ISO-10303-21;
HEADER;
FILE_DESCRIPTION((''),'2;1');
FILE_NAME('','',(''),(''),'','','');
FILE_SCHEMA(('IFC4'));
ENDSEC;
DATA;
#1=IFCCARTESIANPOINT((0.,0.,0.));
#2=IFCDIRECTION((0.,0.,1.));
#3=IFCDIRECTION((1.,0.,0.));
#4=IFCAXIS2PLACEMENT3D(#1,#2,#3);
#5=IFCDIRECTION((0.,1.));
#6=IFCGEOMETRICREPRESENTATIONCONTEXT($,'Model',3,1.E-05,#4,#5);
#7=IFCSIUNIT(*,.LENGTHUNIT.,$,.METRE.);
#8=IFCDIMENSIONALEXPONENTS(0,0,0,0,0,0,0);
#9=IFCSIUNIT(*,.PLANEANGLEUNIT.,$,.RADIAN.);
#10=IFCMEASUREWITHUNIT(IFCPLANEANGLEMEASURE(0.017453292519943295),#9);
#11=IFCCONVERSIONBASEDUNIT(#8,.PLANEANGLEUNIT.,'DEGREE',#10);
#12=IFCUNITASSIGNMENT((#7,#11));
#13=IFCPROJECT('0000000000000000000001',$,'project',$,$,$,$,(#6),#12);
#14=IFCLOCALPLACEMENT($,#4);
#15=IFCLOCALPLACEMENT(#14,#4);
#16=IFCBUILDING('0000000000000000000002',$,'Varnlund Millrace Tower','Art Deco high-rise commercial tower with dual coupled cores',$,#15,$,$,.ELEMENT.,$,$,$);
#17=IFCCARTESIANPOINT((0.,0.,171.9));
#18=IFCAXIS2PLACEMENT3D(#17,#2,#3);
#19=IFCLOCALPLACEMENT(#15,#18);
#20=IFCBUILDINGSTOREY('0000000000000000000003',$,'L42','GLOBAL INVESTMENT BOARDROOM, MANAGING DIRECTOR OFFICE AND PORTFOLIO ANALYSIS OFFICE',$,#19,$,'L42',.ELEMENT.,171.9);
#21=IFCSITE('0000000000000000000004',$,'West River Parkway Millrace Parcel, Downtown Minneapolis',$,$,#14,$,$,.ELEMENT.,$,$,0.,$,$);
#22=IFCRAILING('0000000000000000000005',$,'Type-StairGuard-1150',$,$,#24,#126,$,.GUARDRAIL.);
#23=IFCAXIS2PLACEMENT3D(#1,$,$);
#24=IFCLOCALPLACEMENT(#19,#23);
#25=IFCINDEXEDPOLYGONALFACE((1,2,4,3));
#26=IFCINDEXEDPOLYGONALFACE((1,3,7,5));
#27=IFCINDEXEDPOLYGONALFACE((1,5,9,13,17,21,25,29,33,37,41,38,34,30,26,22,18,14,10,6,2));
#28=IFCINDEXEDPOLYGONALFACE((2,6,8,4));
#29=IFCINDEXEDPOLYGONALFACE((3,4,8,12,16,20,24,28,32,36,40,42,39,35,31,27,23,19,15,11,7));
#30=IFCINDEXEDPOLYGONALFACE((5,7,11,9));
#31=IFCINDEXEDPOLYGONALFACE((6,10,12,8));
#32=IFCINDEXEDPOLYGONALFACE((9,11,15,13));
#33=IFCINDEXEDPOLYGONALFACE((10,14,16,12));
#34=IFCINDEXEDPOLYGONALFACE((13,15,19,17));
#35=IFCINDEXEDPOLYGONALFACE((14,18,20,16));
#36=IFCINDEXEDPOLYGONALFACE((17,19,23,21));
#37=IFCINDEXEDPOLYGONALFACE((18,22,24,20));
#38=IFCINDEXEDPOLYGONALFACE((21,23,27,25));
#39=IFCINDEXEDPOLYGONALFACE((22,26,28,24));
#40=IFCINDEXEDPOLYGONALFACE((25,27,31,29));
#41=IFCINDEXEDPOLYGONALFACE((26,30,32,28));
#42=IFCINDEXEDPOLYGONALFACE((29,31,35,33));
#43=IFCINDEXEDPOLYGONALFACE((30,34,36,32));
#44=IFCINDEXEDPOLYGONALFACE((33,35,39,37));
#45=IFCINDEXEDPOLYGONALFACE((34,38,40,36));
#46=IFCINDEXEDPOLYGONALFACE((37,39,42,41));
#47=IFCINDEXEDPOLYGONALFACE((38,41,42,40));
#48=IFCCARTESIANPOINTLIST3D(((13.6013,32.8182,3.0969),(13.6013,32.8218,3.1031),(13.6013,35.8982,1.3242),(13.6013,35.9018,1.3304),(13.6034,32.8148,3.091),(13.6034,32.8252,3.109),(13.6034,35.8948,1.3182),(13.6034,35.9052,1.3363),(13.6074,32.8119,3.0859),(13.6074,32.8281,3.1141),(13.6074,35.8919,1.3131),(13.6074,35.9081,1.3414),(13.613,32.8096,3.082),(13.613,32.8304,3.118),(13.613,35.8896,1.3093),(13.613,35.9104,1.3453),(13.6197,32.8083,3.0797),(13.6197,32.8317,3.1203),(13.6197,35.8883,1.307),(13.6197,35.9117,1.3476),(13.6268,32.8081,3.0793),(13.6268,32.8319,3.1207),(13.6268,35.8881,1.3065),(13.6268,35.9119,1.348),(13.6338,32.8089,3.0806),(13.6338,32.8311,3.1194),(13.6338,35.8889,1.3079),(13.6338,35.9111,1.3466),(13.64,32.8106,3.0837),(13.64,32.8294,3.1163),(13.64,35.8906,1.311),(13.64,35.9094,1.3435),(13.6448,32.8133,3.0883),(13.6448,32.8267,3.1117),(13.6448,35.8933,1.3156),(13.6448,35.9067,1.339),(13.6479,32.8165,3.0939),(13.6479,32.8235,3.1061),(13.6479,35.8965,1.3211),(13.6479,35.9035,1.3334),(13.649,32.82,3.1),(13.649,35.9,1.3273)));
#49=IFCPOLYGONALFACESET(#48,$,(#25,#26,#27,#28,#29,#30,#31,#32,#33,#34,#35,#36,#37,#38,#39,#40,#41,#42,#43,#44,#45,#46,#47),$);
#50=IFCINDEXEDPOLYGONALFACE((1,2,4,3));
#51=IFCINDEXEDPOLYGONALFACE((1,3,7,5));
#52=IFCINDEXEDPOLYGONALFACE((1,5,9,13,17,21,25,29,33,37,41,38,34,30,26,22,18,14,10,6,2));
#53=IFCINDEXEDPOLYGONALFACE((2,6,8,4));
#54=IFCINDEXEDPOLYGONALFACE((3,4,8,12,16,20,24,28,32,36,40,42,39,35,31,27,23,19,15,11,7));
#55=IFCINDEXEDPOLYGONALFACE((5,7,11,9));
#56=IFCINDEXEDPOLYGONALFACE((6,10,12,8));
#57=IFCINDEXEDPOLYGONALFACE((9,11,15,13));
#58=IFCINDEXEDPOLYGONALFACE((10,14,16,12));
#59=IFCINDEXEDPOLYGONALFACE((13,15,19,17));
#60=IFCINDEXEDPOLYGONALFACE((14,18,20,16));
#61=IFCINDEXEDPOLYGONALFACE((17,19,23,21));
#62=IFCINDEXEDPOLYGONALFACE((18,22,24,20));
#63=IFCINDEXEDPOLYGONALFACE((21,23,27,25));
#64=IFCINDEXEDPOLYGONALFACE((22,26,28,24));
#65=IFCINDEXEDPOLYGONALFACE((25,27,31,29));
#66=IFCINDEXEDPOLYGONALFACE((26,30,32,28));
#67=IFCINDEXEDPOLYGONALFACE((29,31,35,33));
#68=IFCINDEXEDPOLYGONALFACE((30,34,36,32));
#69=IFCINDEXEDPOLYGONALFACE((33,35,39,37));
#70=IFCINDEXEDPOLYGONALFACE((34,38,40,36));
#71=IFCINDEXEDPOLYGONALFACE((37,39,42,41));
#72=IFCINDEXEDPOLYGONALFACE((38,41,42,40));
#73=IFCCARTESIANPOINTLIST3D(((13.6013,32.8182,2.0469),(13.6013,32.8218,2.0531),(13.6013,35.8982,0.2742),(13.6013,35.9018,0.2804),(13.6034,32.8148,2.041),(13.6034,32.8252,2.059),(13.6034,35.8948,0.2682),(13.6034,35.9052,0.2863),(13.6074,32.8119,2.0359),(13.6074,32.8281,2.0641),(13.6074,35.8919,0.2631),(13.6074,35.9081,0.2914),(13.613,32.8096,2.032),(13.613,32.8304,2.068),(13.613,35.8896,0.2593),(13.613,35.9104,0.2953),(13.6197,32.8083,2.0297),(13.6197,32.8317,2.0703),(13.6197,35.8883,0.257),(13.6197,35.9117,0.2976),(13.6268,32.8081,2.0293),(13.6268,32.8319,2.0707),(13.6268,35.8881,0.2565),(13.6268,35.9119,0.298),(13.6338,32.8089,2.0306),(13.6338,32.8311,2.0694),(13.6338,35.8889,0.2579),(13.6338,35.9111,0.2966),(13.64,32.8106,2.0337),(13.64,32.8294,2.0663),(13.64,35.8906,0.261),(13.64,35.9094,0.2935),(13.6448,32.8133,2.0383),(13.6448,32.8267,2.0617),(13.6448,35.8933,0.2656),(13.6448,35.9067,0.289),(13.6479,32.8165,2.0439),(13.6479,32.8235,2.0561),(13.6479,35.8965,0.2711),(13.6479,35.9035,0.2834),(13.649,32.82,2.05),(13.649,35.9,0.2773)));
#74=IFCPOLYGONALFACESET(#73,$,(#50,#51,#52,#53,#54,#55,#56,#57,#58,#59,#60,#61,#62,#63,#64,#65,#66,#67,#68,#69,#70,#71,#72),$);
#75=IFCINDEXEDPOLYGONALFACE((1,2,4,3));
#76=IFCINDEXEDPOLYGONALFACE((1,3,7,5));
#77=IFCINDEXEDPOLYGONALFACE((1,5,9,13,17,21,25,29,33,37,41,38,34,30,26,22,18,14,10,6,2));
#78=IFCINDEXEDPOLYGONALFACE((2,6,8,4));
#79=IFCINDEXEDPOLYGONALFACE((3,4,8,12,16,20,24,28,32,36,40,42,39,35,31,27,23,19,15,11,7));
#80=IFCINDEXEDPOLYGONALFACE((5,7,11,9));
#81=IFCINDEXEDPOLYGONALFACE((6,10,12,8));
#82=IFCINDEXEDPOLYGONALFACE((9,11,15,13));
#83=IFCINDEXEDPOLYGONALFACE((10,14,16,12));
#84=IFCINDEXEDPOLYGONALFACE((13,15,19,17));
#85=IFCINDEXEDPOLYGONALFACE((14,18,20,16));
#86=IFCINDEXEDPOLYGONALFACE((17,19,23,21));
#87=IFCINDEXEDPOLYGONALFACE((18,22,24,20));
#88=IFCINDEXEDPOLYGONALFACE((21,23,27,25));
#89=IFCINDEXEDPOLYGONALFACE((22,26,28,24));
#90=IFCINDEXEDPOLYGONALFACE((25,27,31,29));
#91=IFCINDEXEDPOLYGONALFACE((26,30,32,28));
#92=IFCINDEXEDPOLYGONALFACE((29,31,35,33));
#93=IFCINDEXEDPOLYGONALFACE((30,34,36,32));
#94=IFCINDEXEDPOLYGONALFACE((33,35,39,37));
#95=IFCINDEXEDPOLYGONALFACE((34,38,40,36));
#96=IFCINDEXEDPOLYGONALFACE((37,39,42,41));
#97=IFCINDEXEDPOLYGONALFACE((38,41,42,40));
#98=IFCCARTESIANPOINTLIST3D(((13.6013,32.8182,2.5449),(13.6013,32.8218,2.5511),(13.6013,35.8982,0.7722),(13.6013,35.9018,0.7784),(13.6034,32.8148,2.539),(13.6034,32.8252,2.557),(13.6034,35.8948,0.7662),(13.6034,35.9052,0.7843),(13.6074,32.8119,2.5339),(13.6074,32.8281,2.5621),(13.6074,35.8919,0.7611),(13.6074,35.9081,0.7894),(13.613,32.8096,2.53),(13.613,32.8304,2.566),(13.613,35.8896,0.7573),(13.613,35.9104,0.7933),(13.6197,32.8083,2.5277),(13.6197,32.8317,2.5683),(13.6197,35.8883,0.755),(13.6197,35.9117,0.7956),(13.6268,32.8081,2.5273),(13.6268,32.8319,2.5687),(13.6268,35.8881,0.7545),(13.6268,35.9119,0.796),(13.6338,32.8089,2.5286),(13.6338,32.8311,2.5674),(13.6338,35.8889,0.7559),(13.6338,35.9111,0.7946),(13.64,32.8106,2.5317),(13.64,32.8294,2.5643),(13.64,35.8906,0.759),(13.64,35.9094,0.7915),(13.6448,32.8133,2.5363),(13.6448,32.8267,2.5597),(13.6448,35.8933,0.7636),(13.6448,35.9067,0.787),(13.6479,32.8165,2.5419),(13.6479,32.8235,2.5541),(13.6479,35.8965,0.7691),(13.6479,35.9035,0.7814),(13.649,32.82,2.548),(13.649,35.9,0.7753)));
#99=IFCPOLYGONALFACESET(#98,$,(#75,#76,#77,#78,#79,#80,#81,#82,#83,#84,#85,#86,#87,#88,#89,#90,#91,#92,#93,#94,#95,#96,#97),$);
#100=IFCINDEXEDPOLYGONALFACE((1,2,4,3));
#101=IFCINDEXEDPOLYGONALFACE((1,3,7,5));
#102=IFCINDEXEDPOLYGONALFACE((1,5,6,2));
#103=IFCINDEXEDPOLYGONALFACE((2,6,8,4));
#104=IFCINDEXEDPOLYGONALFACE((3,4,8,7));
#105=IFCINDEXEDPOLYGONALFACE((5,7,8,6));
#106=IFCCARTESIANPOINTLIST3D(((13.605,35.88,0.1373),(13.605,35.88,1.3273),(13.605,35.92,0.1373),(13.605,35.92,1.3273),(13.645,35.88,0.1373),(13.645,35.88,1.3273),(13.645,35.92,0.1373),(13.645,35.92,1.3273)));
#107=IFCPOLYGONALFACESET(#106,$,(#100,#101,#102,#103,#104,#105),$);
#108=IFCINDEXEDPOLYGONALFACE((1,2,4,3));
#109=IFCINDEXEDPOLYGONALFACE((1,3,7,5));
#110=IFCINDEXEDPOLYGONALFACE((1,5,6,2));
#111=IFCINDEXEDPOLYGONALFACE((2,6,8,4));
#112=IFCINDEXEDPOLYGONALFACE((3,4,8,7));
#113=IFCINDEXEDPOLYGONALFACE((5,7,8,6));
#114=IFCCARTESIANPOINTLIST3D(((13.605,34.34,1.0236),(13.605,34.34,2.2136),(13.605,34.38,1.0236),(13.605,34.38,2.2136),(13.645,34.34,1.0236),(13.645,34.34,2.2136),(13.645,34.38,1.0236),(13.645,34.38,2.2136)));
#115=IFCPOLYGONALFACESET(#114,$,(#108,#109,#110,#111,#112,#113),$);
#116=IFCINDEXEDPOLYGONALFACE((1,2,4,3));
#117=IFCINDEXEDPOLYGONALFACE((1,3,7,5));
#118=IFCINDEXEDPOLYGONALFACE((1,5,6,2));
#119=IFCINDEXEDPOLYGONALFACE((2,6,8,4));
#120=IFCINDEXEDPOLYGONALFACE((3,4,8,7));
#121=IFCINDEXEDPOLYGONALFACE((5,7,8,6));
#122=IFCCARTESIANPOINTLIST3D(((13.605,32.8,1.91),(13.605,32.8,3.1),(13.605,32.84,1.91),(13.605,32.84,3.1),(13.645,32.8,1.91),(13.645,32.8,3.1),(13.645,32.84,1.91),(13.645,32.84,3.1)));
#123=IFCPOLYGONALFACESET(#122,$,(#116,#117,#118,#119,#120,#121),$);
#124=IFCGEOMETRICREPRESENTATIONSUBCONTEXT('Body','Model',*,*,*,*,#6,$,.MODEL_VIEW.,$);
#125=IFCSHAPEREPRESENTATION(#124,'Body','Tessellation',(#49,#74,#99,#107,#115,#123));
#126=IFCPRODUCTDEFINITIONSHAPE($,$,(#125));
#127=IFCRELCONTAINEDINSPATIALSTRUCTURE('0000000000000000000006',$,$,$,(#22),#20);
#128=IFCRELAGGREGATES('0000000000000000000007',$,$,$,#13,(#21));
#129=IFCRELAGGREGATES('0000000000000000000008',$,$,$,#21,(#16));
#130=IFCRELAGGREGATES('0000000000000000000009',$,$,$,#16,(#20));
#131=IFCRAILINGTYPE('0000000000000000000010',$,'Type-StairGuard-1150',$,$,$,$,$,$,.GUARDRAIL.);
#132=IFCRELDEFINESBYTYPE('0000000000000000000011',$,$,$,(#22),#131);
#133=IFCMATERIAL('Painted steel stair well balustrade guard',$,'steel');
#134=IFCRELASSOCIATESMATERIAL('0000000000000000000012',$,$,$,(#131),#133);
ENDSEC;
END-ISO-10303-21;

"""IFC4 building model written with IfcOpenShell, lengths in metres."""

from ifc_helpers import new_model, entity, si_unit, converted_unit, direction, frame, origin_with_axes, origin_2d_with_axis, place, context, subcontext, project, spatial, rectangle, circle, extrude, material, type_object, element, save


model = new_model("IFC4")

# Units and contexts
model_context = context("Model", 3, precision=1e-05, world=origin_with_axes(), true_north=direction((0.0, 1.0)))
body_context = subcontext(model_context, "Body", "Model", "MODEL_VIEW")
ifc_project = project(units=[si_unit("LENGTHUNIT", "METRE"), converted_unit("PLANEANGLEUNIT", "DEGREE", entity("IfcPlaneAngleMeasure", 0.017453292519943295), si_unit("PLANEANGLEUNIT", "RADIAN"), dimensions=[0, 0, 0, 0, 0, 0, 0])], contexts=[model_context])

# Site, building, storey
site_placement = place(None, origin_with_axes())
site = spatial("IfcSite", under=ifc_project, at=site_placement, Name="West River Parkway Millrace Parcel, Downtown Minneapolis", CompositionType="ELEMENT", RefElevation=0.0)
building_placement = place(site_placement, origin_with_axes())
building = spatial("IfcBuilding", under=site, at=building_placement, Name="Varnlund Millrace Tower", Description="Art Deco high-rise commercial tower with dual coupled cores", CompositionType="ELEMENT")
storey_placement = place(building_placement, frame((0.0, 0.0, 171.9), z_axis=(0.0, 0.0, 1.0), x_axis=(1.0, 0.0, 0.0)))
storey = spatial("IfcBuildingStorey", under=building, at=storey_placement, Name="L42", Description="GLOBAL INVESTMENT BOARDROOM, MANAGING DIRECTOR OFFICE AND PORTFOLIO ANALYSIS OFFICE", LongName="L42", CompositionType="ELEMENT", Elevation=171.9)

# Railing
ifc_material_1 = material(Name="Painted steel stair well balustrade guard", Category="steel")
railing_type_1 = type_object("IfcRailingType", Name="Type-StairGuard-1150", PredefinedType="GUARDRAIL", material=ifc_material_1)
railing_1_placement = place(storey_placement, frame((0.0, 0.0, -171.9), z_axis=(0.0, 0.0, 1.0), x_axis=(1.0, 0.0, 0.0)))
element("IfcRailing", 1, at=railing_1_placement, inside=storey, type_object=railing_type_1, Name="Type-StairGuard-1150", PredefinedType="GUARDRAIL", context=body_context, shape_type="SweptSolid", body=[
    extrude(circle(Radius=0.024, at=origin_2d_with_axis()), frame((13.625, 35.9, 173.2273), z_axis=(0.0, -0.866696, 0.498836), x_axis=(1.0, 0.0, 0.0)), (0.0, 0.0, 1.0), 3.5537),
    extrude(circle(Radius=0.024, at=origin_2d_with_axis()), frame((13.625, 35.9, 172.1773), z_axis=(0.0, -0.866696, 0.498836), x_axis=(1.0, 0.0, 0.0)), (0.0, 0.0, 1.0), 3.5537),
    extrude(circle(Radius=0.024, at=origin_2d_with_axis()), frame((13.625, 35.9, 172.6753), z_axis=(0.0, -0.866696, 0.498836), x_axis=(1.0, 0.0, 0.0)), (0.0, 0.0, 1.0), 3.5537),
    extrude(rectangle(XDim=0.04, YDim=0.04, at=origin_2d_with_axis()), frame((13.625, 35.9, 172.0373), z_axis=(0.0, 0.0, 1.0), x_axis=(1.0, 0.0, 0.0)), (0.0, 0.0, 1.0), 1.19),
    extrude(rectangle(XDim=0.04, YDim=0.04, at=origin_2d_with_axis()), frame((13.625, 34.36, 172.9236), z_axis=(0.0, 0.0, 1.0), x_axis=(1.0, 0.0, 0.0)), (0.0, 0.0, 1.0), 1.19),
    extrude(rectangle(XDim=0.04, YDim=0.04, at=origin_2d_with_axis()), frame((13.625, 32.82, 173.81), z_axis=(0.0, 0.0, 1.0), x_axis=(1.0, 0.0, 0.0)), (0.0, 0.0, 1.0), 1.19),
])

save(model, "model.ifc")
